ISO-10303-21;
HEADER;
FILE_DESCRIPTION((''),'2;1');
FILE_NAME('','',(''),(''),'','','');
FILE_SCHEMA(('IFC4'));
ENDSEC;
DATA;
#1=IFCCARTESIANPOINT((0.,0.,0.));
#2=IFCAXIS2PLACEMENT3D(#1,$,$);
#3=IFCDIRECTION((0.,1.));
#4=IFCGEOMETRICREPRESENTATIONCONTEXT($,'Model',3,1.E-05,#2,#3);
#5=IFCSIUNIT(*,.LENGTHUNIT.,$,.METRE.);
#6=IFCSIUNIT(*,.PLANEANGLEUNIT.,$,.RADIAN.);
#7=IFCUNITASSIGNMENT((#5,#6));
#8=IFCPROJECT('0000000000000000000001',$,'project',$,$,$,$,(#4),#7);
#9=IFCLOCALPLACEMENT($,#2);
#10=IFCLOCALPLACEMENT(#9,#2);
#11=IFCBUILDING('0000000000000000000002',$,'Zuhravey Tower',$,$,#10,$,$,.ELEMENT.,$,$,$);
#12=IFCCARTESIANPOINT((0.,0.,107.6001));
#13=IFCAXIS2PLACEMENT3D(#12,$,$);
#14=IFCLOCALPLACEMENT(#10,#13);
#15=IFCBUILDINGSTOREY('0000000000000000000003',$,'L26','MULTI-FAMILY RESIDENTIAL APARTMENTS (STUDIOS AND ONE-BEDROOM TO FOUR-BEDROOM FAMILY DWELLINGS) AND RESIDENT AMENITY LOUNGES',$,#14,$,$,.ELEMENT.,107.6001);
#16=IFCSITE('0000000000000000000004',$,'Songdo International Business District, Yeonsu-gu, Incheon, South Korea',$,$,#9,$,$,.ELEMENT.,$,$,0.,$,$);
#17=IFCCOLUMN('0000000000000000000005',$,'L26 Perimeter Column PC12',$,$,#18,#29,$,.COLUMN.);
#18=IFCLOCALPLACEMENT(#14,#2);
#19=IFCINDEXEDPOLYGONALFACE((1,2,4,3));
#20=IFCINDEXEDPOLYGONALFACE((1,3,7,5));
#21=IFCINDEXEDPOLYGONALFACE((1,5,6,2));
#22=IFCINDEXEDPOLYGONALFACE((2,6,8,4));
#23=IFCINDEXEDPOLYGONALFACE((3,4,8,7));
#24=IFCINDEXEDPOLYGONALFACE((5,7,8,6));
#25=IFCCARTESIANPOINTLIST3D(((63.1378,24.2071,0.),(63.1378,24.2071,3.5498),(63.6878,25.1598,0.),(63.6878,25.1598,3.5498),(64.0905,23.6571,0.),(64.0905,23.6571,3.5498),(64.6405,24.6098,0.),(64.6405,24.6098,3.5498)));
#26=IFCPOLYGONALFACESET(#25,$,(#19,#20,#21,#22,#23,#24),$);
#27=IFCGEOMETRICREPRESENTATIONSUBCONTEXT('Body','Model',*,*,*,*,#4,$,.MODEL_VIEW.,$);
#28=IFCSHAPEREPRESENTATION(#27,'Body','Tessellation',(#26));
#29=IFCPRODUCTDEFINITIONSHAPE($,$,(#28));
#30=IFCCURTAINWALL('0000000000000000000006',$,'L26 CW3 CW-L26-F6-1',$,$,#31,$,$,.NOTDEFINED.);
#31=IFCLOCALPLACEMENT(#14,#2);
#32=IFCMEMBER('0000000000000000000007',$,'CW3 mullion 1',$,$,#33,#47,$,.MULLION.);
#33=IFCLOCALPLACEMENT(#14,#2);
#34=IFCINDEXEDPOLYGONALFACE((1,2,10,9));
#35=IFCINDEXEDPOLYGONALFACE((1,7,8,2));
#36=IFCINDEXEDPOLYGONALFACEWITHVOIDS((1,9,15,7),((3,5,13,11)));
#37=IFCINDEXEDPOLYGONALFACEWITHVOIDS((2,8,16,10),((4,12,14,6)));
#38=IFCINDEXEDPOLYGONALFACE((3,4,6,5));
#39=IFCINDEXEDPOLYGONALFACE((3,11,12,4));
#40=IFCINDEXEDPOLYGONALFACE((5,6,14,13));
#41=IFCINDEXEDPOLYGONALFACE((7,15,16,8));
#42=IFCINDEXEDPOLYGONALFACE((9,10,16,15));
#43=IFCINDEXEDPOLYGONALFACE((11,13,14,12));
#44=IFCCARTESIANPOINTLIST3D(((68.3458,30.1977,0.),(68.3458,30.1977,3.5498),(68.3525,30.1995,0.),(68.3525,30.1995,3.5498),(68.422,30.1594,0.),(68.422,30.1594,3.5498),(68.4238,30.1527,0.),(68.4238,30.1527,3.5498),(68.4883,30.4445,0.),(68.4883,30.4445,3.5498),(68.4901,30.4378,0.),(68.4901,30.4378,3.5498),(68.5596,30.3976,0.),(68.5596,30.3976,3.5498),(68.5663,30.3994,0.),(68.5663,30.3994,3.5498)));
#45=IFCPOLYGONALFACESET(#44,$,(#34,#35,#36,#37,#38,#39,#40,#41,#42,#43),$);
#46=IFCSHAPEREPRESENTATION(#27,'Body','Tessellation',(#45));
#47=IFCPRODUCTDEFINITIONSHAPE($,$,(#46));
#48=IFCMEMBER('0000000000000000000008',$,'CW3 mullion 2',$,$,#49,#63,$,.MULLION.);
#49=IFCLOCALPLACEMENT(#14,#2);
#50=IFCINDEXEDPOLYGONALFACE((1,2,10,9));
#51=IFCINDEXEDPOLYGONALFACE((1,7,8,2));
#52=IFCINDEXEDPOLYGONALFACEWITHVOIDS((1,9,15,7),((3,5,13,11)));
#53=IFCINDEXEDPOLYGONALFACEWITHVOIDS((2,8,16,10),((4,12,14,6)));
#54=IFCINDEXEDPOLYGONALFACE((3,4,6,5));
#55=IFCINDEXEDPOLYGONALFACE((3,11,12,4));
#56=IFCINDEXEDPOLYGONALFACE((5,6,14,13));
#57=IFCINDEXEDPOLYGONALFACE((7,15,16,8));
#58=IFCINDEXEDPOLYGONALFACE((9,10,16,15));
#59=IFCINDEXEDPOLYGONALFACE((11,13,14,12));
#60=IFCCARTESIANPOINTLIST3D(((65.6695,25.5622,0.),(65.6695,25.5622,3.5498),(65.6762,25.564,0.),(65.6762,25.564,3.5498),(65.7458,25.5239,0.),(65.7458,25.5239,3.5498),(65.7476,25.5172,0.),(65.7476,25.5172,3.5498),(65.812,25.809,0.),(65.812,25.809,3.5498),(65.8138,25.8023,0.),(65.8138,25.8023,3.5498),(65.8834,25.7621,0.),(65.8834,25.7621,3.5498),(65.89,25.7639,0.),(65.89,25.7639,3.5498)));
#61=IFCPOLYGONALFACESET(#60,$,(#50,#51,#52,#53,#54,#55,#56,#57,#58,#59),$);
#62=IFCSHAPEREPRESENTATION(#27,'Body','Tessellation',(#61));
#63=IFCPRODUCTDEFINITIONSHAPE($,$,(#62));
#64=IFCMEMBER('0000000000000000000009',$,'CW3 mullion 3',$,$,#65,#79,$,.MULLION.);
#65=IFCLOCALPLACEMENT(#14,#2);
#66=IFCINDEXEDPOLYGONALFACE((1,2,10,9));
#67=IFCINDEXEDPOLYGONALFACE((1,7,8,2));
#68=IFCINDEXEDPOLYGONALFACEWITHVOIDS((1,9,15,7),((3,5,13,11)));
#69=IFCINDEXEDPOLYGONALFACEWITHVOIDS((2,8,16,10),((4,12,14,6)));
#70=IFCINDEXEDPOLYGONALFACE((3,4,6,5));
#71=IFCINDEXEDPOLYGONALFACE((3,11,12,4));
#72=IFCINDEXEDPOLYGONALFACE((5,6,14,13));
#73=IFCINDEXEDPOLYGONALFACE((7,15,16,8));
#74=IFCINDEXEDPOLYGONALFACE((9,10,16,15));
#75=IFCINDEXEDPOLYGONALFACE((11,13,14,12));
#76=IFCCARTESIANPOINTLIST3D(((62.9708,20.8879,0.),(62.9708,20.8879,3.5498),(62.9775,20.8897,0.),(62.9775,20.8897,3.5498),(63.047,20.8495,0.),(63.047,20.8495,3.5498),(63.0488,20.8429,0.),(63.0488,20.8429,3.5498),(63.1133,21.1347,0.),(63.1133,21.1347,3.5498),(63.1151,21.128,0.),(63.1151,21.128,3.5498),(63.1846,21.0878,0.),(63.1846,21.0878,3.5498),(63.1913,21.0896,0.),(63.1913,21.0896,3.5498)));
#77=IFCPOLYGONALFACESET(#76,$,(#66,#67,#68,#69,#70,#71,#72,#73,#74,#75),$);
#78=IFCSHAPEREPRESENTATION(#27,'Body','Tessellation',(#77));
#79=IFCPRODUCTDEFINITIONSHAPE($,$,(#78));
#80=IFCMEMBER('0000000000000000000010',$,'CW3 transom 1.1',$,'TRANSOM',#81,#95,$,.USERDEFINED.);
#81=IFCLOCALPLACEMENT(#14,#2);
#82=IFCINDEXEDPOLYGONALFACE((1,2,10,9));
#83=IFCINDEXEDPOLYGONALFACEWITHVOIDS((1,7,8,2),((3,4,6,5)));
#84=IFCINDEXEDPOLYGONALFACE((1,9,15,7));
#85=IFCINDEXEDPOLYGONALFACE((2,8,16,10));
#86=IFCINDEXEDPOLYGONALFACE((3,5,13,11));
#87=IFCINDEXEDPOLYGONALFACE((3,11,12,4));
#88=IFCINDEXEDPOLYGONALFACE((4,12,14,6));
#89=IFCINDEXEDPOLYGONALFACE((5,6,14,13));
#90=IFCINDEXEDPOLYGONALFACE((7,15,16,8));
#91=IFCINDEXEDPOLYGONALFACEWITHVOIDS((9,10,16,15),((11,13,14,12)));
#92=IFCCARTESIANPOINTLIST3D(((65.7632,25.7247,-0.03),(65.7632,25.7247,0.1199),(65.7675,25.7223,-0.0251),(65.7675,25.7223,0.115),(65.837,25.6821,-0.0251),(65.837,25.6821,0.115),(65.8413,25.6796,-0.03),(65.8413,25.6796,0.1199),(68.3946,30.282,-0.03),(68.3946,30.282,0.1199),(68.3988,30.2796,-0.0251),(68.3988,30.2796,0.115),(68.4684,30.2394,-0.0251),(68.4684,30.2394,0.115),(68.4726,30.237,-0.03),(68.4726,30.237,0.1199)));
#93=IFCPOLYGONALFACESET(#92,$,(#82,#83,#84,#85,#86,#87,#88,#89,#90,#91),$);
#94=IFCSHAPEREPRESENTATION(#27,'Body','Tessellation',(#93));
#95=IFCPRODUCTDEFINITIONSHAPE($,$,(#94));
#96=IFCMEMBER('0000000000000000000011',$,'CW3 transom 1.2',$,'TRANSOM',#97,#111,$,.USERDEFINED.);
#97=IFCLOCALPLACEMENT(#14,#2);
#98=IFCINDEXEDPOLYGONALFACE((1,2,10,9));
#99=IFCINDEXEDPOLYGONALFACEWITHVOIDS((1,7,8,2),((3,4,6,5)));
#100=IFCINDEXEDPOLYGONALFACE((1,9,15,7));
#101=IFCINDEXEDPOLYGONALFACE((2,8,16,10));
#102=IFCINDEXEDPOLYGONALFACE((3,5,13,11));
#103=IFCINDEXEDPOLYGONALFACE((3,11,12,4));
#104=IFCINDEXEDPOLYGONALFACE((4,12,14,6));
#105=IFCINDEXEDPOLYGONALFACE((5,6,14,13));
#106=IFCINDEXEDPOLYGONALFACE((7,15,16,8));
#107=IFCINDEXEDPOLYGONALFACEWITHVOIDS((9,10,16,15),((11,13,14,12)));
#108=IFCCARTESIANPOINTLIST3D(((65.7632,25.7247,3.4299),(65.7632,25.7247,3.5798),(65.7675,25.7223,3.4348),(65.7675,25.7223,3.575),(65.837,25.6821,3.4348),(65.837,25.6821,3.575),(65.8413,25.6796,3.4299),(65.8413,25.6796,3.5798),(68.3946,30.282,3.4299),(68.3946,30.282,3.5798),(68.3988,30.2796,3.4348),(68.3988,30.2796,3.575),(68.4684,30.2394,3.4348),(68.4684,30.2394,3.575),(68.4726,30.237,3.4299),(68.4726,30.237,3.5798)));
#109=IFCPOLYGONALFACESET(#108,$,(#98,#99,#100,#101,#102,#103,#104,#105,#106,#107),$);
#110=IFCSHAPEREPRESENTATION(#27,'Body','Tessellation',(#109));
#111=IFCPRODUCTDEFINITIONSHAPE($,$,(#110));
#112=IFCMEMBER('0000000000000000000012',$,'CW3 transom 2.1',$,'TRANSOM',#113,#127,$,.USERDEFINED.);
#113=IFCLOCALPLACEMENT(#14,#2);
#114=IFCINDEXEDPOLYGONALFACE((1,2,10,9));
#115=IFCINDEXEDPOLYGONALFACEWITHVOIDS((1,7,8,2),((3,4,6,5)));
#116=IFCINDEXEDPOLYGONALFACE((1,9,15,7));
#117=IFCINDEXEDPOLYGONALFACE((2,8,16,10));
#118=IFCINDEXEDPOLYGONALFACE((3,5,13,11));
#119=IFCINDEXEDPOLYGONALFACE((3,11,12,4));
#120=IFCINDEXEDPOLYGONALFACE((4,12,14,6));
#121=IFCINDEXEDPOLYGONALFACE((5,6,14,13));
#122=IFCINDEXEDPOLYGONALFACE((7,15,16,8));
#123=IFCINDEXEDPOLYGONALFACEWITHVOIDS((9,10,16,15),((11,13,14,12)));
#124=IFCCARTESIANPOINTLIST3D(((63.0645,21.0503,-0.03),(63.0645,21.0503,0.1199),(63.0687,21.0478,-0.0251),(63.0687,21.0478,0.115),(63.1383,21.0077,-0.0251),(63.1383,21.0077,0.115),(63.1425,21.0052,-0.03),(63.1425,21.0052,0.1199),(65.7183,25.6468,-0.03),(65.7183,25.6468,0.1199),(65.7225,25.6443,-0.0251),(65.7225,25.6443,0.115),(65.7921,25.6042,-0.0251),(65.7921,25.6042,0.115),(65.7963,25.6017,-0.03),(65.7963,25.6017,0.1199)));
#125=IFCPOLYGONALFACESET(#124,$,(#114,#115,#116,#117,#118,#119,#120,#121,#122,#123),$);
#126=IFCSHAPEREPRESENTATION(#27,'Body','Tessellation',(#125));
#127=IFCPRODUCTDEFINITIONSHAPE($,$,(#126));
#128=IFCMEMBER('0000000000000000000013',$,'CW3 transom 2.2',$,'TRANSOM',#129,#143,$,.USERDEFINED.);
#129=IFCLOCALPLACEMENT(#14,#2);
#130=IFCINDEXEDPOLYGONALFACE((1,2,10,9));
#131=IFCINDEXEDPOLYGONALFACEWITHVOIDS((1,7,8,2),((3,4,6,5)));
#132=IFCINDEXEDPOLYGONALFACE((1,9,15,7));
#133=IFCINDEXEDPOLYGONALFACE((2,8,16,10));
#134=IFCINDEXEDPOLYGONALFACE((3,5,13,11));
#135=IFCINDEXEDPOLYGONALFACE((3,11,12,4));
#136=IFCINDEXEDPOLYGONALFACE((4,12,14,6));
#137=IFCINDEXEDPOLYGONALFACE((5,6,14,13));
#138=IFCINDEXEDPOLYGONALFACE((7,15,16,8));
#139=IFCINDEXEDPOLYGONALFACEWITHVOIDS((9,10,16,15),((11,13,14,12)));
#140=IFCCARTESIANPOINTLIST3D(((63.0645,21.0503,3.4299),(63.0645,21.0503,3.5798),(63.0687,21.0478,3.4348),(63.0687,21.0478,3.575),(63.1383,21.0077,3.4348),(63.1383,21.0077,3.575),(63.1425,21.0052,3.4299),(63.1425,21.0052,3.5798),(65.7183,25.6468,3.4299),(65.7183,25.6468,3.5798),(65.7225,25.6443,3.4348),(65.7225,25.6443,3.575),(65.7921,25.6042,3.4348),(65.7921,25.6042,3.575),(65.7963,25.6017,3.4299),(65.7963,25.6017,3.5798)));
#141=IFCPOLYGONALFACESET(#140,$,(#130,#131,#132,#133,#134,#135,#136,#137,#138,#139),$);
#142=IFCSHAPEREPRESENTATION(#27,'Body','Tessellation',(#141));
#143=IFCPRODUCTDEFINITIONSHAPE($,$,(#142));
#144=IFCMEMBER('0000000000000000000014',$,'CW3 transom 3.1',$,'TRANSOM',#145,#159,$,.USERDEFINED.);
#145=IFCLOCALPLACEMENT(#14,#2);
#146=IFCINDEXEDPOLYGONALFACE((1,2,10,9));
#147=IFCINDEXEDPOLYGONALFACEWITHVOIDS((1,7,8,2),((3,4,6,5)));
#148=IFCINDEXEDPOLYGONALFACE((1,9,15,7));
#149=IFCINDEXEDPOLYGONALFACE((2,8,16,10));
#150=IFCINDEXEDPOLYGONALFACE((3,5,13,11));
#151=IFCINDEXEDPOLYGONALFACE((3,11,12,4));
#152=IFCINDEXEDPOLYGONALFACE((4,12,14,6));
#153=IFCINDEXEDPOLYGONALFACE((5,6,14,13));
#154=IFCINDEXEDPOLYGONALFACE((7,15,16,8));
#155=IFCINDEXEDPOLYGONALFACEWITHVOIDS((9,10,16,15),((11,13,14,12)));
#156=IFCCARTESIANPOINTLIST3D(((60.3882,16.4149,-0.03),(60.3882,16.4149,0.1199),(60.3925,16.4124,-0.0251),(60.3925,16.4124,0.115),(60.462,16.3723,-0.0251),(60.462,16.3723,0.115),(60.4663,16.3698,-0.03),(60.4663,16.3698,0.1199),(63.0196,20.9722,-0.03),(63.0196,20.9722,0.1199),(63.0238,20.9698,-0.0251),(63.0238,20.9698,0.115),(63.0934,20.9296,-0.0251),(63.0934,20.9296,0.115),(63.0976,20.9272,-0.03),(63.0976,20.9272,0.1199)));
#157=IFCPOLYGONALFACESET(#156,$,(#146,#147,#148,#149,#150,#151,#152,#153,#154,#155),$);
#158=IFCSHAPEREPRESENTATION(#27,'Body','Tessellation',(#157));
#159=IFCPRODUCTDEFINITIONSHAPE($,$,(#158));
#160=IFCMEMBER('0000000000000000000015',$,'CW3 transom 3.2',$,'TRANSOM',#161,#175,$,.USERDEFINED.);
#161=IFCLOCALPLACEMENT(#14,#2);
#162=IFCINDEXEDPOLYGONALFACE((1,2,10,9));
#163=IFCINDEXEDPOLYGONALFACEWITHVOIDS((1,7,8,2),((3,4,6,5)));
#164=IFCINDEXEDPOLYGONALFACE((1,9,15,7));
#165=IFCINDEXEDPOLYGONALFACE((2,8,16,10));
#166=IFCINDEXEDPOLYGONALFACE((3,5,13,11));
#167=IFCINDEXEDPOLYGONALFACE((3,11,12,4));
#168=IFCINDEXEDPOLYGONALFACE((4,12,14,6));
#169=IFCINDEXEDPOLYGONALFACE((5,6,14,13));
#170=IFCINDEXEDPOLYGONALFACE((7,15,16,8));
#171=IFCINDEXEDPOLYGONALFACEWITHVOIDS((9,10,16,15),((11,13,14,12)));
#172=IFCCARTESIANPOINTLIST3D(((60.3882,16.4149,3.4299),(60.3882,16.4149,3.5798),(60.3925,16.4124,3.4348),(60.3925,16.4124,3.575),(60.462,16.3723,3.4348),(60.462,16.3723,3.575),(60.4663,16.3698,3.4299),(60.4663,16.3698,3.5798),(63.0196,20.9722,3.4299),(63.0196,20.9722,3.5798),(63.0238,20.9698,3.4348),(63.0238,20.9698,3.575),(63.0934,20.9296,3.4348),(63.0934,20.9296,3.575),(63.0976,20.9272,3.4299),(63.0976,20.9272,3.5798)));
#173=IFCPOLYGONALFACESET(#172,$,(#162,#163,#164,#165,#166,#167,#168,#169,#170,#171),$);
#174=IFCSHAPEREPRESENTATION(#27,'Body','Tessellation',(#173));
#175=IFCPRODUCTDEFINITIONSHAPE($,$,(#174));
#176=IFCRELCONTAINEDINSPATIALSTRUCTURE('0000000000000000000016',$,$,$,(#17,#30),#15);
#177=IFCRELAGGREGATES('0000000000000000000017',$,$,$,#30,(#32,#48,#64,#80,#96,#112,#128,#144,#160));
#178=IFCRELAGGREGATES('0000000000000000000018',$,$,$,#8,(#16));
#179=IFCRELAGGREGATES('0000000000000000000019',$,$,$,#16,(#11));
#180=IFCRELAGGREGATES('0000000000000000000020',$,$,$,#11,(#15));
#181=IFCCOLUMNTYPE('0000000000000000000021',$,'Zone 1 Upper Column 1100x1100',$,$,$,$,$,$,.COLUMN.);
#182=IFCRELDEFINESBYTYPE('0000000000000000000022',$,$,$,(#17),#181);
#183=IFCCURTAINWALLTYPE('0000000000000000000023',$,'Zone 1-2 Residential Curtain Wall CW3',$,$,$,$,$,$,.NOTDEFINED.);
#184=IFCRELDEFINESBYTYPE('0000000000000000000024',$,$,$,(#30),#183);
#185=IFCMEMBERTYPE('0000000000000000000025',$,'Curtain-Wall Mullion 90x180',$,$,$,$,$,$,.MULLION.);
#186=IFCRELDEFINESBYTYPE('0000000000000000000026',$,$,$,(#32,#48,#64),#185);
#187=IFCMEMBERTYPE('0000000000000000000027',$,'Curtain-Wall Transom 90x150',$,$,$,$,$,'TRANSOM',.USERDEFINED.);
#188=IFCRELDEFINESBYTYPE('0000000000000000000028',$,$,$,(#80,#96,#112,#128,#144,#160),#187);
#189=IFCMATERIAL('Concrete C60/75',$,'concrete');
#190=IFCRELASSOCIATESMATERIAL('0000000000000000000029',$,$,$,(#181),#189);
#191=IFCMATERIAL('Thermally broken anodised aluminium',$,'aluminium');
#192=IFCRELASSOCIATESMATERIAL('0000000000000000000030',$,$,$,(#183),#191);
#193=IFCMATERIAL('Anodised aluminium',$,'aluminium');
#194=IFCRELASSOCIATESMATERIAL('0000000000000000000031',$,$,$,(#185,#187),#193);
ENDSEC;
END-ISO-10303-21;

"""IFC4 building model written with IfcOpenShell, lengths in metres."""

from ifc_helpers import new_model, si_unit, direction, frame, origin, origin_2d, place, context, subcontext, project, spatial, rectangle, hollow_rectangle, extrude, material, material_profile, profile_set, type_object, element, aggregate, save


model = new_model("IFC4")

# Units and contexts
model_context = context("Model", 3, precision=1e-05, world=origin(), true_north=direction((0.0, 1.0)))
body_context = subcontext(model_context, "Body", "Model", "MODEL_VIEW")
ifc_project = project(units=[si_unit("LENGTHUNIT", "METRE"), si_unit("PLANEANGLEUNIT", "RADIAN")], contexts=[model_context])

# Site, building, storey
site_placement = place(None, origin())
site = spatial("IfcSite", under=ifc_project, at=site_placement, Name="Songdo International Business District, Yeonsu-gu, Incheon, South Korea", CompositionType="ELEMENT", RefElevation=0.0)
building_placement = place(site_placement, origin())
building = spatial("IfcBuilding", under=site, at=building_placement, Name="Zuhravey Tower", CompositionType="ELEMENT")
storey_placement = place(building_placement, frame((0.0, 0.0, 107.6001)))
storey = spatial("IfcBuildingStorey", under=building, at=storey_placement, Name="L26", Description="MULTI-FAMILY RESIDENTIAL APARTMENTS (STUDIOS AND ONE-BEDROOM TO FOUR-BEDROOM FAMILY DWELLINGS) AND RESIDENT AMENITY LOUNGES", CompositionType="ELEMENT", Elevation=107.6001)

# Column
ifc_material_1 = material(Name="Concrete C60/75", Category="concrete")
ifc_material_profile_1 = material_profile(ifc_material_1, rectangle(XDim=1.1001, YDim=1.1001, at=origin_2d()), Name="RC-1100x1100")
ifc_profile_set_1 = profile_set([ifc_material_profile_1], Name="Concrete C60/75")
column_type = type_object("IfcColumnType", Name="Zone 1 Upper Column 1100x1100", PredefinedType="COLUMN", material=ifc_profile_set_1)
column_placement = place(storey_placement, frame((63.8892, 24.4084, 0.0), z_axis=(0.0, 0.0, 1.0), x_axis=(0.5, 0.866025, 0.0)))
element("IfcColumn", 1, at=column_placement, inside=storey, type_object=column_type, Name="L26 Perimeter Column PC12", PredefinedType="COLUMN", context=body_context, shape_type="SweptSolid", body=[
    extrude(rectangle(XDim=1.1001, YDim=1.1001, at=origin_2d()), origin(), (0.0, 0.0, 1.0), 3.5498),
])

# Curtain wall, members
ifc_material_2 = material(Name="Thermally broken anodised aluminium", Category="aluminium")
curtain_wall_type = type_object("IfcCurtainWallType", Name="Zone 1-2 Residential Curtain Wall CW3", PredefinedType="NOTDEFINED", material=ifc_material_2)
curtain_wall_placement = place(storey_placement, origin())
curtain_wall = element("IfcCurtainWall", 2, at=curtain_wall_placement, inside=storey, type_object=curtain_wall_type, Name="L26 CW3 CW-L26-F6-1", PredefinedType="NOTDEFINED")
ifc_material_3 = material(Name="Anodised aluminium", Category="aluminium")
ifc_material_profile_2 = material_profile(ifc_material_3, hollow_rectangle(XDim=0.0901, YDim=0.2849, WallThickness=0.0049, at=origin_2d()), Name="ALU-RHS-90x285x5")
ifc_profile_set_2 = profile_set([ifc_material_profile_2], Name="Anodised aluminium")
member_type_1 = type_object("IfcMemberType", Name="Curtain-Wall Mullion 90x180", PredefinedType="MULLION", material=ifc_profile_set_2)
member_1_placement = place(storey_placement, frame((68.4561, 30.2986, 0.0), z_axis=(0.0, 0.0, 1.0), x_axis=(0.866026, -0.499998, 0.0)))
member_1 = element("IfcMember", 3, at=member_1_placement, type_object=member_type_1, Name="CW3 mullion 1", PredefinedType="MULLION", context=body_context, shape_type="SweptSolid", body=[
    extrude(hollow_rectangle(XDim=0.0901, YDim=0.2849, WallThickness=0.0049, at=origin_2d()), origin(), (0.0, 0.0, 1.0), 3.5498),
])
member_2_placement = place(storey_placement, frame((65.7798, 25.6631, 0.0), z_axis=(0.0, 0.0, 1.0), x_axis=(0.866026, -0.499998, 0.0)))
member_2 = element("IfcMember", 4, at=member_2_placement, type_object=member_type_1, Name="CW3 mullion 2", PredefinedType="MULLION", context=body_context, shape_type="SweptSolid", body=[
    extrude(hollow_rectangle(XDim=0.0901, YDim=0.2849, WallThickness=0.0049, at=origin_2d()), origin(), (0.0, 0.0, 1.0), 3.5498),
])
member_3_placement = place(storey_placement, frame((63.0811, 20.9888, 0.0), z_axis=(0.0, 0.0, 1.0), x_axis=(0.866026, -0.499998, 0.0)))
member_3 = element("IfcMember", 5, at=member_3_placement, type_object=member_type_1, Name="CW3 mullion 3", PredefinedType="MULLION", context=body_context, shape_type="SweptSolid", body=[
    extrude(hollow_rectangle(XDim=0.0901, YDim=0.2849, WallThickness=0.0049, at=origin_2d()), origin(), (0.0, 0.0, 1.0), 3.5498),
])
ifc_material_profile_3 = material_profile(ifc_material_3, hollow_rectangle(XDim=0.0901, YDim=0.1499, WallThickness=0.0049, at=origin_2d()), Name="ALU-RHS-90x150x5")
ifc_profile_set_3 = profile_set([ifc_material_profile_3], Name="Anodised aluminium")
member_type_2 = type_object("IfcMemberType", Name="Curtain-Wall Transom 90x150", ElementType="TRANSOM", PredefinedType="USERDEFINED", material=ifc_profile_set_3)
member_4_placement = place(storey_placement, frame((68.4336, 30.2595, 0.0449), z_axis=(-0.500021, -0.866013, 0.0), x_axis=(0.866013, -0.500021, 0.0)))
member_4 = element("IfcMember", 6, at=member_4_placement, type_object=member_type_2, Name="CW3 transom 1.1", ObjectType="TRANSOM", PredefinedType="USERDEFINED", context=body_context, shape_type="SweptSolid", body=[
    extrude(hollow_rectangle(XDim=0.0901, YDim=0.1499, WallThickness=0.0049, at=origin_2d()), origin(), (0.0, 0.0, 1.0), 5.2625),
])
member_5_placement = place(storey_placement, frame((68.4336, 30.2595, 3.5049), z_axis=(-0.500021, -0.866013, 0.0), x_axis=(0.866013, -0.500021, 0.0)))
member_5 = element("IfcMember", 7, at=member_5_placement, type_object=member_type_2, Name="CW3 transom 1.2", ObjectType="TRANSOM", PredefinedType="USERDEFINED", context=body_context, shape_type="SweptSolid", body=[
    extrude(hollow_rectangle(XDim=0.0901, YDim=0.1499, WallThickness=0.0049, at=origin_2d()), origin(), (0.0, 0.0, 1.0), 5.2625),
])
member_6_placement = place(storey_placement, frame((65.7573, 25.6243, 0.0449), z_axis=(-0.500008, -0.866021, 0.0), x_axis=(0.866021, -0.500008, 0.0)))
member_6 = element("IfcMember", 8, at=member_6_placement, type_object=member_type_2, Name="CW3 transom 2.1", ObjectType="TRANSOM", PredefinedType="USERDEFINED", context=body_context, shape_type="SweptSolid", body=[
    extrude(hollow_rectangle(XDim=0.0901, YDim=0.1499, WallThickness=0.0049, at=origin_2d()), origin(), (0.0, 0.0, 1.0), 5.3076),
])
member_7_placement = place(storey_placement, frame((65.7573, 25.6243, 3.5049), z_axis=(-0.500008, -0.866021, 0.0), x_axis=(0.866021, -0.500008, 0.0)))
member_7 = element("IfcMember", 9, at=member_7_placement, type_object=member_type_2, Name="CW3 transom 2.2", ObjectType="TRANSOM", PredefinedType="USERDEFINED", context=body_context, shape_type="SweptSolid", body=[
    extrude(hollow_rectangle(XDim=0.0901, YDim=0.1499, WallThickness=0.0049, at=origin_2d()), origin(), (0.0, 0.0, 1.0), 5.3076),
])
member_8_placement = place(storey_placement, frame((63.0586, 20.9497, 0.0449), z_axis=(-0.500021, -0.866013, 0.0), x_axis=(0.866013, -0.500021, 0.0)))
member_8 = element("IfcMember", 10, at=member_8_placement, type_object=member_type_2, Name="CW3 transom 3.1", ObjectType="TRANSOM", PredefinedType="USERDEFINED", context=body_context, shape_type="SweptSolid", body=[
    extrude(hollow_rectangle(XDim=0.0901, YDim=0.1499, WallThickness=0.0049, at=origin_2d()), origin(), (0.0, 0.0, 1.0), 5.2625),
])
member_9_placement = place(storey_placement, frame((63.0586, 20.9497, 3.5049), z_axis=(-0.500021, -0.866013, 0.0), x_axis=(0.866013, -0.500021, 0.0)))
member_9 = element("IfcMember", 11, at=member_9_placement, type_object=member_type_2, Name="CW3 transom 3.2", ObjectType="TRANSOM", PredefinedType="USERDEFINED", context=body_context, shape_type="SweptSolid", body=[
    extrude(hollow_rectangle(XDim=0.0901, YDim=0.1499, WallThickness=0.0049, at=origin_2d()), origin(), (0.0, 0.0, 1.0), 5.2625),
])

aggregate(curtain_wall, [member_1, member_2, member_3, member_4, member_5, member_6, member_7, member_8, member_9])

save(model, "model.ifc")
